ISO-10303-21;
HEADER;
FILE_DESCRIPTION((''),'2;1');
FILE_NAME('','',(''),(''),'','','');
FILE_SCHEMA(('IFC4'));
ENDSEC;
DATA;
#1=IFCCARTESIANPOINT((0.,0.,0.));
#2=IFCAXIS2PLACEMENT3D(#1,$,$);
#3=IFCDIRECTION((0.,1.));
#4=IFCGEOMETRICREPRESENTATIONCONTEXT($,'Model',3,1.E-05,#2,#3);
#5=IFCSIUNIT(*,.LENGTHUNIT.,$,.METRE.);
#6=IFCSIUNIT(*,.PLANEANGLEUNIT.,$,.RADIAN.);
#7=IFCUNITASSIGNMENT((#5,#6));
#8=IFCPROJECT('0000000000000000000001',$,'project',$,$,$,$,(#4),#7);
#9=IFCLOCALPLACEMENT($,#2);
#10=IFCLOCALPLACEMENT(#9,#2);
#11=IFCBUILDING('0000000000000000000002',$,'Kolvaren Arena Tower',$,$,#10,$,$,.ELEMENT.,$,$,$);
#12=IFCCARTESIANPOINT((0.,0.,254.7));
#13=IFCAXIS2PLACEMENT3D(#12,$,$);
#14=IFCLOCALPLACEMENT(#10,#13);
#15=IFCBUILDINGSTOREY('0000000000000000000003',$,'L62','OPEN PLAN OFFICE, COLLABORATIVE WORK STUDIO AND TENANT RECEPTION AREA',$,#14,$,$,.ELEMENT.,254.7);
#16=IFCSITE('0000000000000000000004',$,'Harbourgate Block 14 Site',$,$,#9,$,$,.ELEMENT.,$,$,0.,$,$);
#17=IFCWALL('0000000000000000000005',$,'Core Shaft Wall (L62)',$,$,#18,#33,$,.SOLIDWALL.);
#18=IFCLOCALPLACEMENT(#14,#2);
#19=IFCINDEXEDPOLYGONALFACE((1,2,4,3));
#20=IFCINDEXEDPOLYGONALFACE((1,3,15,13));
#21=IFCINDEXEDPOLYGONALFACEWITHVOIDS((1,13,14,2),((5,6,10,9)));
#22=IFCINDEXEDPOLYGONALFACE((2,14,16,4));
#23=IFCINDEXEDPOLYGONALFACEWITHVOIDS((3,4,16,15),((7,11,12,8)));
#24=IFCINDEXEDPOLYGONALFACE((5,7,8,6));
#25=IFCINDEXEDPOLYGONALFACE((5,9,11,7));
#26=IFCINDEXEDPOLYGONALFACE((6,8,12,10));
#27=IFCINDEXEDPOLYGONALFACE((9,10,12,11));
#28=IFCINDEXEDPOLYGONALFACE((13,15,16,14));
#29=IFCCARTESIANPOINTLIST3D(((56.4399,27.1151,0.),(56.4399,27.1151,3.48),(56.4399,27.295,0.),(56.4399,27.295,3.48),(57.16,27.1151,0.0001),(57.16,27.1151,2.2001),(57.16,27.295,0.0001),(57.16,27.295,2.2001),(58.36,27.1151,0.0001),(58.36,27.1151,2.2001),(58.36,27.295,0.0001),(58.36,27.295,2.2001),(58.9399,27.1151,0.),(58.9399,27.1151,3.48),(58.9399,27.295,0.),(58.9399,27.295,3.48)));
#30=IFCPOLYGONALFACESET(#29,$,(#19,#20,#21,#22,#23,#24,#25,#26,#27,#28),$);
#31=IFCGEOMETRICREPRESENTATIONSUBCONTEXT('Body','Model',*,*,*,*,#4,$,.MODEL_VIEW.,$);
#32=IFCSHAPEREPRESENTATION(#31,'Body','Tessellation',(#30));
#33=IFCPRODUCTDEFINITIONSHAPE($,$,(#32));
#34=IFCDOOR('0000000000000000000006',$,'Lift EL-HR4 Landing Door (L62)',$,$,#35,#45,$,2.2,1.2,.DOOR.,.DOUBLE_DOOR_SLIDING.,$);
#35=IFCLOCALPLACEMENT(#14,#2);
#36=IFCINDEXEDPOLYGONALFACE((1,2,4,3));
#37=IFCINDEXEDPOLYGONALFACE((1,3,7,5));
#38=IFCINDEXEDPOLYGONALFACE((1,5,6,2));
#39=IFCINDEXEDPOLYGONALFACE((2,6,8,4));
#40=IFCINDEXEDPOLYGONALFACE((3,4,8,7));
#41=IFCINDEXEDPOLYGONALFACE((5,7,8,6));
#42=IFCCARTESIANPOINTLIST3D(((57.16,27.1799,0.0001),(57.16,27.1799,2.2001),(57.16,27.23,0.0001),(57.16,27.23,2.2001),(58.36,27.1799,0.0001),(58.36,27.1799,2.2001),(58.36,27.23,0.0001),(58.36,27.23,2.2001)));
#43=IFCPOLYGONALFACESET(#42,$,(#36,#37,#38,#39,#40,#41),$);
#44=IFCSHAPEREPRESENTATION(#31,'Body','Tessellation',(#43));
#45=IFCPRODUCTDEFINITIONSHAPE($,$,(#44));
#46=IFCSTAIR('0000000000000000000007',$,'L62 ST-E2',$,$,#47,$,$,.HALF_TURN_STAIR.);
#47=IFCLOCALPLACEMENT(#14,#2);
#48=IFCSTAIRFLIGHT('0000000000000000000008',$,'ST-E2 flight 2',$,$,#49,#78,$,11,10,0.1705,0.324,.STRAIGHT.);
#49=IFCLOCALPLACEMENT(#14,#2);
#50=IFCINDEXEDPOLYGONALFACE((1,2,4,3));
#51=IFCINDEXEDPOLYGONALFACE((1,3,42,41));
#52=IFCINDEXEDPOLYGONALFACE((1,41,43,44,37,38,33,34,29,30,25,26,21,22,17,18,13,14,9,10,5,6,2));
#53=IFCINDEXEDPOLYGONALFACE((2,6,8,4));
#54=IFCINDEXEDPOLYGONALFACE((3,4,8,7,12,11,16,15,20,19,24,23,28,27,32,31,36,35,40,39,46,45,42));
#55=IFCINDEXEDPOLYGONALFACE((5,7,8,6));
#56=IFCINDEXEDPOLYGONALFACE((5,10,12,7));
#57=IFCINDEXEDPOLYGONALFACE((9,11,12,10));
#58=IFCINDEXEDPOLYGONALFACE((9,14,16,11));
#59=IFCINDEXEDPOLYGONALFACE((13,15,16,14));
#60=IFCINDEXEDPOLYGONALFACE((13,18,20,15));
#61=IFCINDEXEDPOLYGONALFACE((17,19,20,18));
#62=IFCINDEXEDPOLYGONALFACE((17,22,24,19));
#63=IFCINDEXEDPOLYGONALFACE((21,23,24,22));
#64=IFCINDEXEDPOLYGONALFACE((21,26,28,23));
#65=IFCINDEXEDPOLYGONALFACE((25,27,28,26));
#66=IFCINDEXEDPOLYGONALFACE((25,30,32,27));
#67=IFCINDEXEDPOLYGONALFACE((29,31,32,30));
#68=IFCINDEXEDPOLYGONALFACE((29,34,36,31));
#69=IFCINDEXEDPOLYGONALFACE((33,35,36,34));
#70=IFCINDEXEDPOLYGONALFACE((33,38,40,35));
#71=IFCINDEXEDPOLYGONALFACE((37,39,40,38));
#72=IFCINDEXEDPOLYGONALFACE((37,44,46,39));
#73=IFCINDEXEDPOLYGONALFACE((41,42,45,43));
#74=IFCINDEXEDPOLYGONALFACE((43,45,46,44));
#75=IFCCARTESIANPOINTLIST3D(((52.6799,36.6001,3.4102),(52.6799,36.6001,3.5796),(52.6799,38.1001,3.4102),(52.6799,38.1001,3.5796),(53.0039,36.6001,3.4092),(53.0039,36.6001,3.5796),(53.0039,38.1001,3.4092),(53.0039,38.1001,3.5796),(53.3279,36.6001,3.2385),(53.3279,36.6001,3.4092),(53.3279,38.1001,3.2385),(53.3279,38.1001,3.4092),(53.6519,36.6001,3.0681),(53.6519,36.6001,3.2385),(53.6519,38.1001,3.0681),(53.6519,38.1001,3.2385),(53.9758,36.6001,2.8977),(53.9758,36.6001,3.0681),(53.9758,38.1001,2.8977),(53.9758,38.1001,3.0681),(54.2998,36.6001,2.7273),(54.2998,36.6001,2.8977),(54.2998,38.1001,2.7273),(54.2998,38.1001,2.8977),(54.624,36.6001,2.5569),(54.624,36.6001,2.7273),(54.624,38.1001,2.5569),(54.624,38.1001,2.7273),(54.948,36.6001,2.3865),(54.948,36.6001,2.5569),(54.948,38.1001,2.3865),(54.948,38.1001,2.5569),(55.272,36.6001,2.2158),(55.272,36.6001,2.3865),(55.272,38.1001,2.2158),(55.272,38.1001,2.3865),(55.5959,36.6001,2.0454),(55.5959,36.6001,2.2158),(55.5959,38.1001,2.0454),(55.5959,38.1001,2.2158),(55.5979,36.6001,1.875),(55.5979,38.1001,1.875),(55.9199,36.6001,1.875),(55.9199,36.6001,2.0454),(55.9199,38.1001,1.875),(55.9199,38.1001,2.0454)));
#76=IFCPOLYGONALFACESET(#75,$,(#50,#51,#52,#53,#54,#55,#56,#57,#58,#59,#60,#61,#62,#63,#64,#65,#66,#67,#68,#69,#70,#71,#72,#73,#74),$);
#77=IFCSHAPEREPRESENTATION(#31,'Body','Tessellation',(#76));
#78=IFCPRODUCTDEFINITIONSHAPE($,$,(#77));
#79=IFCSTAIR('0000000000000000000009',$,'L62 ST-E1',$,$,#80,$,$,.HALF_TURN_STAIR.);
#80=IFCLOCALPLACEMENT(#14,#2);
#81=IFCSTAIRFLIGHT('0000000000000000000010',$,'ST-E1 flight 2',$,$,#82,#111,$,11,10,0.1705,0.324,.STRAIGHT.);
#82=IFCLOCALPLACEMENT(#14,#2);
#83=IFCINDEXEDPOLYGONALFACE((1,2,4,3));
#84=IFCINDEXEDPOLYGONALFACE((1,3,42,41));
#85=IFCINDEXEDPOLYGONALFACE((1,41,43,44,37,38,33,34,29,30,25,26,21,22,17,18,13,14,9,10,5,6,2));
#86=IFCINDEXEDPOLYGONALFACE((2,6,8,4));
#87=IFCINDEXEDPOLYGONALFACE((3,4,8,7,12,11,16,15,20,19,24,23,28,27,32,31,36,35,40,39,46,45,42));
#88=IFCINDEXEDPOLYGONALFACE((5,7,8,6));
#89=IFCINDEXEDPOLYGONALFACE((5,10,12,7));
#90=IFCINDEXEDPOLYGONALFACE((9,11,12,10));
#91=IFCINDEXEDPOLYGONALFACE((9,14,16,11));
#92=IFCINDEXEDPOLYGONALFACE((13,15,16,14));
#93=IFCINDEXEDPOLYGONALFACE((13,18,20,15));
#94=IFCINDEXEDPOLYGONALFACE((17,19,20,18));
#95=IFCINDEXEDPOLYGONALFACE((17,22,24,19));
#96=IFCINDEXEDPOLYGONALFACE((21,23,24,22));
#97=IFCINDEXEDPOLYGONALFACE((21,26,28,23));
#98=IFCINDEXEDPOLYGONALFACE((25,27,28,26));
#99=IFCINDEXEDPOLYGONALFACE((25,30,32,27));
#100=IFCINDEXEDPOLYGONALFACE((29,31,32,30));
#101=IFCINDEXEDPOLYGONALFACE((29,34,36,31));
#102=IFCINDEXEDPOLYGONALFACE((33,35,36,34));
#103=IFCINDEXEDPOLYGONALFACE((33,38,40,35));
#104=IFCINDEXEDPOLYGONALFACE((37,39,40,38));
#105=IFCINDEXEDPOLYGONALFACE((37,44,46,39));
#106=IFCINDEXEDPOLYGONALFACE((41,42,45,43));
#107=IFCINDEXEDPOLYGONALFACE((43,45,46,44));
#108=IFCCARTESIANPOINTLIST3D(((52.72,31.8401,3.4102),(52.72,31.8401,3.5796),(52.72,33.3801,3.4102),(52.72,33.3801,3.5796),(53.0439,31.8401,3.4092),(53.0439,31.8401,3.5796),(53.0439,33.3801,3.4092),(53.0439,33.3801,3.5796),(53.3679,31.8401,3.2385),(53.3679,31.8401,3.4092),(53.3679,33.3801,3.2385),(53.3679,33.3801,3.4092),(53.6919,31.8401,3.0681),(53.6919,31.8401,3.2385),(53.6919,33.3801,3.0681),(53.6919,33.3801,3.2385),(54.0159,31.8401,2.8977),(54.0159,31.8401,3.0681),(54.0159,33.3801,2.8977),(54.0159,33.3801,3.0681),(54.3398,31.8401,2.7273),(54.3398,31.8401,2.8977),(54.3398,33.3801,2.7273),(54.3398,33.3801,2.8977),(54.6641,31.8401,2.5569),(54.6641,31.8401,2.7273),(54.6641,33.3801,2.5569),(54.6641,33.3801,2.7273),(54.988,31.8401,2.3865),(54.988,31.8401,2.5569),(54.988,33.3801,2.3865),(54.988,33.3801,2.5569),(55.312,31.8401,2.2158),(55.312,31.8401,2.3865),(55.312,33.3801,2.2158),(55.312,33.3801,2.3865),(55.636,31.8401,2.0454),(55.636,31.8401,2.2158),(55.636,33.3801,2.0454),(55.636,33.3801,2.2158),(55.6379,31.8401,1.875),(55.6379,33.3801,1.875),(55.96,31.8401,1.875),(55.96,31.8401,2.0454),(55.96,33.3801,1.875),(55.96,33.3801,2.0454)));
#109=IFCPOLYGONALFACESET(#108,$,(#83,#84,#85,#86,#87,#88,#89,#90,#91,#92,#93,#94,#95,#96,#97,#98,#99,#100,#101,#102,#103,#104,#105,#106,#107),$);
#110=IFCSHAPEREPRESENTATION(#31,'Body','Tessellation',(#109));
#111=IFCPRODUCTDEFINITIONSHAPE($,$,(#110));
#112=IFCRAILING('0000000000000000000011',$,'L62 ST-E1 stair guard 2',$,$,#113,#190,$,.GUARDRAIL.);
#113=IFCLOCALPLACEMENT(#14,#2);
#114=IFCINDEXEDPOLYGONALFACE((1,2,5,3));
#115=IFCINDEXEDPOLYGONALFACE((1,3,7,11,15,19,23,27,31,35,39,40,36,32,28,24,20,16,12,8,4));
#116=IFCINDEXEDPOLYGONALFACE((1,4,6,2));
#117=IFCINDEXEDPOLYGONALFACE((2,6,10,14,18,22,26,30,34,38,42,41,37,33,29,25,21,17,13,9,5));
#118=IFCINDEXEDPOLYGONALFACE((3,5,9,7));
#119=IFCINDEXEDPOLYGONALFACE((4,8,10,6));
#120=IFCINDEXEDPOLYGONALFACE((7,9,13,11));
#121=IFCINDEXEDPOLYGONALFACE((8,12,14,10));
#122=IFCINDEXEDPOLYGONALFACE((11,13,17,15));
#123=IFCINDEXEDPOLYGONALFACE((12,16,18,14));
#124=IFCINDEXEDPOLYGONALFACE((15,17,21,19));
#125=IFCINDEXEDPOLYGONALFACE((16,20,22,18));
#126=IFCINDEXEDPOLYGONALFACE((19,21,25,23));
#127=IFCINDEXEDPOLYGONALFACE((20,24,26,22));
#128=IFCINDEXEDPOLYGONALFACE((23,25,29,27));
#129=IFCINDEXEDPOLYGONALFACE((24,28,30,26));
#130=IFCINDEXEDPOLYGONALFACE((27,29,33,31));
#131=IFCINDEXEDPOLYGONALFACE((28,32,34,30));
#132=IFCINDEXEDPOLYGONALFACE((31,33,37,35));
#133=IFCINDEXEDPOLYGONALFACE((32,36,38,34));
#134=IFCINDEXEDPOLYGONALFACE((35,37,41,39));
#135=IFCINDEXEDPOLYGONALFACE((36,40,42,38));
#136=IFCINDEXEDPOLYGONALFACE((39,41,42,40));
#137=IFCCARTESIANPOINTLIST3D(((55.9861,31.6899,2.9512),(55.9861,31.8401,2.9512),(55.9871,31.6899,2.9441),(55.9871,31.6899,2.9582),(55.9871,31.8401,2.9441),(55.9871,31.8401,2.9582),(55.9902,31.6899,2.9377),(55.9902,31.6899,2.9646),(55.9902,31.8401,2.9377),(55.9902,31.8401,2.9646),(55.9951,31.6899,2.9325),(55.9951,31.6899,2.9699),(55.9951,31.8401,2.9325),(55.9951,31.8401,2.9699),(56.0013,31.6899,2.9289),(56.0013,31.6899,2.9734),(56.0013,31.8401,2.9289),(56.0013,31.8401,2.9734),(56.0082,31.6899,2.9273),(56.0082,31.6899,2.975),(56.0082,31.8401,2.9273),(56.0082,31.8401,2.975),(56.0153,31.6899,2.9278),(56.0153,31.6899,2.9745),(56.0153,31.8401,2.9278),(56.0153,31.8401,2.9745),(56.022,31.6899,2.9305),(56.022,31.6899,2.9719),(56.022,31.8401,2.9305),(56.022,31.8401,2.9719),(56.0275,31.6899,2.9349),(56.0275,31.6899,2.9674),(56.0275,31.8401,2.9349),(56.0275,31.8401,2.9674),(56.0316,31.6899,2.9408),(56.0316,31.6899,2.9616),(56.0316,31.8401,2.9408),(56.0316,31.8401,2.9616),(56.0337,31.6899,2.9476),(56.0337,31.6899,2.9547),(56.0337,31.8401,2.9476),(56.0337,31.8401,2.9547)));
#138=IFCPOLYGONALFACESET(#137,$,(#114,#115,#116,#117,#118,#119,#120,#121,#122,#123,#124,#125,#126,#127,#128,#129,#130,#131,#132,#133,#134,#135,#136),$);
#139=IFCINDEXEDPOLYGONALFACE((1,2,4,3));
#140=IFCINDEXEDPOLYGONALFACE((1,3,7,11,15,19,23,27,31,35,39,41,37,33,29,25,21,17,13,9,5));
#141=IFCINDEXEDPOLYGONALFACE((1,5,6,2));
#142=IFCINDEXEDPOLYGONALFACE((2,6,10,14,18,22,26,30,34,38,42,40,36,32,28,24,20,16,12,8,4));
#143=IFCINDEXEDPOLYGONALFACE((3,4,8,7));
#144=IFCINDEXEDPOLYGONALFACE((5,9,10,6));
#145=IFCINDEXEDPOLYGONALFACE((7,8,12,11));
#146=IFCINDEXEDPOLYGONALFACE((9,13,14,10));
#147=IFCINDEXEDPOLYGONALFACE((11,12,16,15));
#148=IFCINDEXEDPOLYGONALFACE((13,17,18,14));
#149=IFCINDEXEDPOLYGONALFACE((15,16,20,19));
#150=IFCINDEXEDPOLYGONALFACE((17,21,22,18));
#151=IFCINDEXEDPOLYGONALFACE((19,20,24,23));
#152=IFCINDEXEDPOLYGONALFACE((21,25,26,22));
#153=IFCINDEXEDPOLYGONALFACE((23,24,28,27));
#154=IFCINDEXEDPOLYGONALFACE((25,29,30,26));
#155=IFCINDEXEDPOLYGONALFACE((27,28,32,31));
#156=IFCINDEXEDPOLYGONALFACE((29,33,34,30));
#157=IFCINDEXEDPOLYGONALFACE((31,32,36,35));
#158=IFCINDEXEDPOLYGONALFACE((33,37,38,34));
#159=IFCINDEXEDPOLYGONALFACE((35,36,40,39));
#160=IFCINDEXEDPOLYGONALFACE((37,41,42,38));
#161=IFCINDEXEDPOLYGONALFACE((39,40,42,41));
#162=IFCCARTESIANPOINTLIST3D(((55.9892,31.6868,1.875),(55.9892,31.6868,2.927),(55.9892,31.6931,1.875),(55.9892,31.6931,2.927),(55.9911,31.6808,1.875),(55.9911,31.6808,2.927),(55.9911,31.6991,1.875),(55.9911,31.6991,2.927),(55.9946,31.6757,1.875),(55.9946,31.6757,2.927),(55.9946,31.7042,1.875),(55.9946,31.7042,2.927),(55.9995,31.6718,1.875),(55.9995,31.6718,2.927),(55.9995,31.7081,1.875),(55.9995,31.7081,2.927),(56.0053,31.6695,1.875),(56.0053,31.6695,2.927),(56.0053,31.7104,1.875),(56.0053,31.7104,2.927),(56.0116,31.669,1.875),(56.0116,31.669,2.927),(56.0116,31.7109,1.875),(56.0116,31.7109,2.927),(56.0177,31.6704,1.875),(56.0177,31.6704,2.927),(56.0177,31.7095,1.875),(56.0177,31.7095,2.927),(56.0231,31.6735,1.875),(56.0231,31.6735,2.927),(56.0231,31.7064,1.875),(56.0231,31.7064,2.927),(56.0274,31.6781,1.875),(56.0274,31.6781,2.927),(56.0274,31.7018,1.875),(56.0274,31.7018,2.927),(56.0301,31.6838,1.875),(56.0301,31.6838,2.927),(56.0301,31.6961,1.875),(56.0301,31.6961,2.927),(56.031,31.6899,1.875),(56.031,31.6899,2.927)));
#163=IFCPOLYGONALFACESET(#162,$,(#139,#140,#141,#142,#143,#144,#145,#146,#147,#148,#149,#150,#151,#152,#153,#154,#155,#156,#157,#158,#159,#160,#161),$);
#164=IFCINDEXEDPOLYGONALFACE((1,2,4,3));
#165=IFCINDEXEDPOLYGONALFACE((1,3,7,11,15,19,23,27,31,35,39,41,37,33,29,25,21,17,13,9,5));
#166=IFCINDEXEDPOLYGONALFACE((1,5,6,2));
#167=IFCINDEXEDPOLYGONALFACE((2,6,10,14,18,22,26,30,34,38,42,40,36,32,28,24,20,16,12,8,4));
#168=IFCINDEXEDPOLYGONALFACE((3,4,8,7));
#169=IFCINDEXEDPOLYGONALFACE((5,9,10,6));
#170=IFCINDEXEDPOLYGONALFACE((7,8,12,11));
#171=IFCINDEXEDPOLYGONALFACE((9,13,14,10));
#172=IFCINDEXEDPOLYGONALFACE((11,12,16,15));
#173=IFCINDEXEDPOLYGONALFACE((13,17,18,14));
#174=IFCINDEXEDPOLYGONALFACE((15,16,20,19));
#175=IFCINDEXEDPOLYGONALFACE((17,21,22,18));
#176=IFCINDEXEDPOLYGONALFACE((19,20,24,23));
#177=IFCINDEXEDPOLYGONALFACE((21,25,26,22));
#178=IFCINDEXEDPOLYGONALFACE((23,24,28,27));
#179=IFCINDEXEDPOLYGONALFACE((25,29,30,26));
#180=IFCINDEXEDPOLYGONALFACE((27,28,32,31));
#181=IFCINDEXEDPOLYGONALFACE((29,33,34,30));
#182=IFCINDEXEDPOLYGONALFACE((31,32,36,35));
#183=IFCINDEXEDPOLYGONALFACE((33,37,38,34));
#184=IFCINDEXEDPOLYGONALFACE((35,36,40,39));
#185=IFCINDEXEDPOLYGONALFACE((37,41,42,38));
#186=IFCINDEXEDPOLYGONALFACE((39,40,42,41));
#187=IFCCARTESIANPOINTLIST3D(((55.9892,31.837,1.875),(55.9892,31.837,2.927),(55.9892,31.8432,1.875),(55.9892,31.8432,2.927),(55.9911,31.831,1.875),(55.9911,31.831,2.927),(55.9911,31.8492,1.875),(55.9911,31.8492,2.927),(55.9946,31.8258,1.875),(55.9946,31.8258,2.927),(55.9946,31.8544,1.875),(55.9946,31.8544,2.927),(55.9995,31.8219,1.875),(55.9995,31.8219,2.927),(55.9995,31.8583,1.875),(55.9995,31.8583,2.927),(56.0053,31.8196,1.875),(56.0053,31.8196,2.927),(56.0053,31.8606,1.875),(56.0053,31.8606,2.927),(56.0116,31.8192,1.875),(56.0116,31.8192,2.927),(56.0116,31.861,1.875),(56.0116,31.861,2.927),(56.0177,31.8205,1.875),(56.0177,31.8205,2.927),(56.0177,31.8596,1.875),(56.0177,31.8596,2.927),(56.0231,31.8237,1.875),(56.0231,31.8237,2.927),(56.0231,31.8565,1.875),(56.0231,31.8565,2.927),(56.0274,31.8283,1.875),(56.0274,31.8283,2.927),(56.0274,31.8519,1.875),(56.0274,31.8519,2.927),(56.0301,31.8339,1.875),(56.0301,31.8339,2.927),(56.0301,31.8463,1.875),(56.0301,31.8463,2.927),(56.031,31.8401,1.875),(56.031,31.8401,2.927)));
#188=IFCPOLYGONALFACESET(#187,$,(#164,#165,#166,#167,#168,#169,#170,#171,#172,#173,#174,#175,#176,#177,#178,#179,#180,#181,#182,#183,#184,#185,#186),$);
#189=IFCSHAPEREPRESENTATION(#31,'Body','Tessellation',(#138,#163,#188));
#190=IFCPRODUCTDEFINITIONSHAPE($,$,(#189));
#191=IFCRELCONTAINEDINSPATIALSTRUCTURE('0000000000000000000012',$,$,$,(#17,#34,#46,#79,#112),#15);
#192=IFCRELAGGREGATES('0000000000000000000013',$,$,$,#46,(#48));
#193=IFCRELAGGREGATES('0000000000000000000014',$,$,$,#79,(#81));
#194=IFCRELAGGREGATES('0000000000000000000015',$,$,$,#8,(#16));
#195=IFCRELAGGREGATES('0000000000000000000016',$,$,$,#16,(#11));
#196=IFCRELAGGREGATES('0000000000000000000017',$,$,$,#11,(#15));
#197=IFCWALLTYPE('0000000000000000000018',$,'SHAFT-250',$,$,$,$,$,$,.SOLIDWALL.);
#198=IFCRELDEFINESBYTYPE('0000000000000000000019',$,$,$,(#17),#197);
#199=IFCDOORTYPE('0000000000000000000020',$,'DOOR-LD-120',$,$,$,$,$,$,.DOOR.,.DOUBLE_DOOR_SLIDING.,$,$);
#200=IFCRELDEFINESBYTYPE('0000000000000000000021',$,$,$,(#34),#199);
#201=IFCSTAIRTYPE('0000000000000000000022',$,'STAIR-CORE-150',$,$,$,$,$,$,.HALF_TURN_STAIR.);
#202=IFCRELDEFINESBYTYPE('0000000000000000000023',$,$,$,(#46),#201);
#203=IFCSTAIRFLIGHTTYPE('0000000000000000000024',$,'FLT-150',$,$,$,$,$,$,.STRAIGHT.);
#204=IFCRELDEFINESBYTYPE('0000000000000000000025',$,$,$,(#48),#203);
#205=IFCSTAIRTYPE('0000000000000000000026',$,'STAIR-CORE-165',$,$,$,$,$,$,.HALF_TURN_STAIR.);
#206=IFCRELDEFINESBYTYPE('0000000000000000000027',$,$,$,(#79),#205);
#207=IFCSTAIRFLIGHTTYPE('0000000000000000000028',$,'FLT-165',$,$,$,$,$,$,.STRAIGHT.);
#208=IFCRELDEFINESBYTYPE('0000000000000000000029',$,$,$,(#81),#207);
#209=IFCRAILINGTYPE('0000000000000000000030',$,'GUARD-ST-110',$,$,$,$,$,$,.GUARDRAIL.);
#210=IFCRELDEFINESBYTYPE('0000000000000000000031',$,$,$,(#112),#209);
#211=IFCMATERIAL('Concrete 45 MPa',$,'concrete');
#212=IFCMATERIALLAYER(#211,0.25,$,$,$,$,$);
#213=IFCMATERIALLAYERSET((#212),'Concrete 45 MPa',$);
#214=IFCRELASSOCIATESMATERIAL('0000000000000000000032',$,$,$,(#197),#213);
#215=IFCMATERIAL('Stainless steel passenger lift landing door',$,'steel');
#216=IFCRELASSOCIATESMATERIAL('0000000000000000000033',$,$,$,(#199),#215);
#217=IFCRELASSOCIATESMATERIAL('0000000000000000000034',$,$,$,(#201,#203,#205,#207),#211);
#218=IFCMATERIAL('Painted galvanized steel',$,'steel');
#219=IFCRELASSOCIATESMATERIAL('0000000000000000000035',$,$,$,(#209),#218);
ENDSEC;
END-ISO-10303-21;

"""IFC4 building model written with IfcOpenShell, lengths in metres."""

from ifc_helpers import new_model, si_unit, direction, frame, frame_2d, origin, origin_2d, place, context, subcontext, project, spatial, polyline, rectangle, circle, outline, extrude, material, layer, layer_set, type_object, element, fill, aggregate, save


model = new_model("IFC4")

# Units and contexts
model_context = context("Model", 3, precision=1e-05, world=origin(), true_north=direction((0.0, 1.0)))
body_context = subcontext(model_context, "Body", "Model", "MODEL_VIEW")
ifc_project = project(units=[si_unit("LENGTHUNIT", "METRE"), si_unit("PLANEANGLEUNIT", "RADIAN")], contexts=[model_context])

# Site, building, storey
site_placement = place(None, origin())
site = spatial("IfcSite", under=ifc_project, at=site_placement, Name="Harbourgate Block 14 Site", CompositionType="ELEMENT", RefElevation=0.0)
building_placement = place(site_placement, origin())
building = spatial("IfcBuilding", under=site, at=building_placement, Name="Kolvaren Arena Tower", CompositionType="ELEMENT")
storey_placement = place(building_placement, frame((0.0, 0.0, 254.7)))
storey = spatial("IfcBuildingStorey", under=building, at=storey_placement, Name="L62", Description="OPEN PLAN OFFICE, COLLABORATIVE WORK STUDIO AND TENANT RECEPTION AREA", CompositionType="ELEMENT", Elevation=254.7)

# Shared definitions
ifc_material_1 = material(Name="Concrete 45 MPa", Category="concrete")
ifc_layer = layer(ifc_material_1, 0.25)
ifc_layer_set = layer_set([ifc_layer], Name="Concrete 45 MPa")
wall_type = type_object("IfcWallType", Name="SHAFT-250", PredefinedType="SOLIDWALL", material=ifc_layer_set)

# Wall, opening, door
wall_1_placement = place(storey_placement, frame((56.4399, 27.2051, 0.0), z_axis=(0.0, 0.0, 1.0), x_axis=(1.0, 0.0, 0.0)))
wall_1 = element("IfcWall", 1, at=wall_1_placement, inside=storey, type_object=wall_type, Name="Core Shaft Wall (L62)", PredefinedType="SOLIDWALL", context=body_context, shape_type="SweptSolid", body=[
    extrude(rectangle(XDim=2.5, YDim=0.1799, at=frame_2d((1.25, 0.0))), origin(), (0.0, 0.0, 1.0), 3.48),
])
opening_1_placement = place(wall_1_placement, frame((0.72, 0.0, 0.0)))
opening_1 = element("IfcOpeningElement", 2, at=opening_1_placement, cuts=wall_1, PredefinedType="OPENING", context=body_context, shape_type="SweptSolid", body=[
    extrude(rectangle(XDim=1.2, YDim=2.2, at=frame_2d((0.6001, 1.1001))), frame((0.0, 0.0999, 0.0), z_axis=(0.0, -1.0, 0.0), x_axis=(1.0, 0.0, 0.0)), (0.0, 0.0, 1.0), 0.2),
])
ifc_material_2 = material(Name="Stainless steel passenger lift landing door", Category="steel")
door_type_1 = type_object("IfcDoorType", Name="DOOR-LD-120", OperationType="DOUBLE_DOOR_SLIDING", PredefinedType="DOOR", material=ifc_material_2)
door_1_placement = place(opening_1_placement, origin())
door_1 = element("IfcDoor", 3, at=door_1_placement, inside=storey, type_object=door_type_1, Name="Lift EL-HR4 Landing Door (L62)", OperationType="DOUBLE_DOOR_SLIDING", OverallHeight=2.2, OverallWidth=1.2, PredefinedType="DOOR", context=body_context, shape_type="SweptSolid", body=[
    extrude(rectangle(XDim=1.2, YDim=2.2, at=frame_2d((0.6001, 1.1001))), frame((0.0, 0.0249, 0.0), z_axis=(0.0, -1.0, 0.0), x_axis=(1.0, 0.0, 0.0)), (0.0, 0.0, 1.0), 0.05),
])
fill(opening_1, door_1)

# Stairs, stair flights
stair_type_1 = type_object("IfcStairType", Name="STAIR-CORE-150", PredefinedType="HALF_TURN_STAIR", material=ifc_material_1)
stair_1_placement = place(storey_placement, origin())
stair_1 = element("IfcStair", 4, at=stair_1_placement, inside=storey, type_object=stair_type_1, Name="L62 ST-E2", PredefinedType="HALF_TURN_STAIR")
stair_flight_type_1 = type_object("IfcStairFlightType", Name="FLT-150", PredefinedType="STRAIGHT", material=ifc_material_1)
stair_flight_1_placement = place(storey_placement, frame((55.9199, 37.3501, 1.875), z_axis=(0.0, 0.0, 1.0), x_axis=(-1.0, 0.0, 0.0)))
stair_flight_1 = element("IfcStairFlight", 5, at=stair_flight_1_placement, type_object=stair_flight_type_1, Name="ST-E2 flight 2", NumberOfRisers=11, NumberOfTreads=10, PredefinedType="STRAIGHT", RiserHeight=0.1705, TreadLength=0.324, context=body_context, shape_type="SweptSolid", body=[
    extrude(outline(polyline([(0.0, 0.0), (0.0, 0.1704), (0.324, 0.1704), (0.324, 0.3408), (0.6479, 0.3408), (0.6479, 0.5115), (0.9719, 0.5115), (0.9719, 0.6819), (1.2959, 0.6819), (1.2959, 0.8523), (1.6201, 0.8523), (1.6201, 1.0227), (1.9441, 1.0227), (1.9441, 1.1931), (2.2681, 1.1931), (2.2681, 1.3635), (2.592, 1.3635), (2.592, 1.5342), (2.916, 1.5342), (2.916, 1.7046), (3.24, 1.7046), (3.24, 1.875), (3.24, 1.5352), (0.322, 0.0), (0.0, 0.0)])), frame((0.0, 0.75, 0.0), z_axis=(0.0, -1.0, 0.0), x_axis=(1.0, 0.0, 0.0)), (0.0, 0.0, 1.0), 1.5),
])
aggregate(stair_1, [stair_flight_1])
stair_type_2 = type_object("IfcStairType", Name="STAIR-CORE-165", PredefinedType="HALF_TURN_STAIR", material=ifc_material_1)
stair_2_placement = place(storey_placement, origin())
stair_2 = element("IfcStair", 6, at=stair_2_placement, inside=storey, type_object=stair_type_2, Name="L62 ST-E1", PredefinedType="HALF_TURN_STAIR")
stair_flight_type_2 = type_object("IfcStairFlightType", Name="FLT-165", PredefinedType="STRAIGHT", material=ifc_material_1)
stair_flight_2_placement = place(storey_placement, frame((55.96, 32.6101, 1.875), z_axis=(0.0, 0.0, 1.0), x_axis=(-1.0, 0.0, 0.0)))
stair_flight_2 = element("IfcStairFlight", 7, at=stair_flight_2_placement, type_object=stair_flight_type_2, Name="ST-E1 flight 2", NumberOfRisers=11, NumberOfTreads=10, PredefinedType="STRAIGHT", RiserHeight=0.1705, TreadLength=0.324, context=body_context, shape_type="SweptSolid", body=[
    extrude(outline(polyline([(0.0, 0.0), (0.0, 0.1704), (0.324, 0.1704), (0.324, 0.3408), (0.6479, 0.3408), (0.6479, 0.5115), (0.9719, 0.5115), (0.9719, 0.6819), (1.2959, 0.6819), (1.2959, 0.8523), (1.6201, 0.8523), (1.6201, 1.0227), (1.9441, 1.0227), (1.9441, 1.1931), (2.2681, 1.1931), (2.2681, 1.3635), (2.592, 1.3635), (2.592, 1.5342), (2.916, 1.5342), (2.916, 1.7046), (3.24, 1.7046), (3.24, 1.875), (3.24, 1.5352), (0.322, 0.0), (0.0, 0.0)])), frame((0.0, 0.77, 0.0), z_axis=(0.0, -1.0, 0.0), x_axis=(1.0, 0.0, 0.0)), (0.0, 0.0, 1.0), 1.54),
])
aggregate(stair_2, [stair_flight_2])

# Railing
ifc_material_3 = material(Name="Painted galvanized steel", Category="steel")
railing_type_1 = type_object("IfcRailingType", Name="GUARD-ST-110", PredefinedType="GUARDRAIL", material=ifc_material_3)
railing_1_placement = place(storey_placement, frame((56.01, 31.6899, 1.875)))
element("IfcRailing", 8, at=railing_1_placement, inside=storey, type_object=railing_type_1, Name="L62 ST-E1 stair guard 2", PredefinedType="GUARDRAIL", context=body_context, shape_type="SweptSolid", body=[
    extrude(circle(Radius=0.0239, at=origin_2d()), frame((0.0, 0.0, 1.0762), z_axis=(0.0, 1.0, 0.0), x_axis=(-1.0, 0.0, 0.0)), (0.0, 0.0, 1.0), 0.1501),
    extrude(circle(Radius=0.021, at=origin_2d()), origin(), (0.0, 0.0, 1.0), 1.052),
    extrude(circle(Radius=0.021, at=origin_2d()), frame((0.0, 0.1501, 0.0)), (0.0, 0.0, 1.0), 1.052),
])

save(model, "model.ifc")
